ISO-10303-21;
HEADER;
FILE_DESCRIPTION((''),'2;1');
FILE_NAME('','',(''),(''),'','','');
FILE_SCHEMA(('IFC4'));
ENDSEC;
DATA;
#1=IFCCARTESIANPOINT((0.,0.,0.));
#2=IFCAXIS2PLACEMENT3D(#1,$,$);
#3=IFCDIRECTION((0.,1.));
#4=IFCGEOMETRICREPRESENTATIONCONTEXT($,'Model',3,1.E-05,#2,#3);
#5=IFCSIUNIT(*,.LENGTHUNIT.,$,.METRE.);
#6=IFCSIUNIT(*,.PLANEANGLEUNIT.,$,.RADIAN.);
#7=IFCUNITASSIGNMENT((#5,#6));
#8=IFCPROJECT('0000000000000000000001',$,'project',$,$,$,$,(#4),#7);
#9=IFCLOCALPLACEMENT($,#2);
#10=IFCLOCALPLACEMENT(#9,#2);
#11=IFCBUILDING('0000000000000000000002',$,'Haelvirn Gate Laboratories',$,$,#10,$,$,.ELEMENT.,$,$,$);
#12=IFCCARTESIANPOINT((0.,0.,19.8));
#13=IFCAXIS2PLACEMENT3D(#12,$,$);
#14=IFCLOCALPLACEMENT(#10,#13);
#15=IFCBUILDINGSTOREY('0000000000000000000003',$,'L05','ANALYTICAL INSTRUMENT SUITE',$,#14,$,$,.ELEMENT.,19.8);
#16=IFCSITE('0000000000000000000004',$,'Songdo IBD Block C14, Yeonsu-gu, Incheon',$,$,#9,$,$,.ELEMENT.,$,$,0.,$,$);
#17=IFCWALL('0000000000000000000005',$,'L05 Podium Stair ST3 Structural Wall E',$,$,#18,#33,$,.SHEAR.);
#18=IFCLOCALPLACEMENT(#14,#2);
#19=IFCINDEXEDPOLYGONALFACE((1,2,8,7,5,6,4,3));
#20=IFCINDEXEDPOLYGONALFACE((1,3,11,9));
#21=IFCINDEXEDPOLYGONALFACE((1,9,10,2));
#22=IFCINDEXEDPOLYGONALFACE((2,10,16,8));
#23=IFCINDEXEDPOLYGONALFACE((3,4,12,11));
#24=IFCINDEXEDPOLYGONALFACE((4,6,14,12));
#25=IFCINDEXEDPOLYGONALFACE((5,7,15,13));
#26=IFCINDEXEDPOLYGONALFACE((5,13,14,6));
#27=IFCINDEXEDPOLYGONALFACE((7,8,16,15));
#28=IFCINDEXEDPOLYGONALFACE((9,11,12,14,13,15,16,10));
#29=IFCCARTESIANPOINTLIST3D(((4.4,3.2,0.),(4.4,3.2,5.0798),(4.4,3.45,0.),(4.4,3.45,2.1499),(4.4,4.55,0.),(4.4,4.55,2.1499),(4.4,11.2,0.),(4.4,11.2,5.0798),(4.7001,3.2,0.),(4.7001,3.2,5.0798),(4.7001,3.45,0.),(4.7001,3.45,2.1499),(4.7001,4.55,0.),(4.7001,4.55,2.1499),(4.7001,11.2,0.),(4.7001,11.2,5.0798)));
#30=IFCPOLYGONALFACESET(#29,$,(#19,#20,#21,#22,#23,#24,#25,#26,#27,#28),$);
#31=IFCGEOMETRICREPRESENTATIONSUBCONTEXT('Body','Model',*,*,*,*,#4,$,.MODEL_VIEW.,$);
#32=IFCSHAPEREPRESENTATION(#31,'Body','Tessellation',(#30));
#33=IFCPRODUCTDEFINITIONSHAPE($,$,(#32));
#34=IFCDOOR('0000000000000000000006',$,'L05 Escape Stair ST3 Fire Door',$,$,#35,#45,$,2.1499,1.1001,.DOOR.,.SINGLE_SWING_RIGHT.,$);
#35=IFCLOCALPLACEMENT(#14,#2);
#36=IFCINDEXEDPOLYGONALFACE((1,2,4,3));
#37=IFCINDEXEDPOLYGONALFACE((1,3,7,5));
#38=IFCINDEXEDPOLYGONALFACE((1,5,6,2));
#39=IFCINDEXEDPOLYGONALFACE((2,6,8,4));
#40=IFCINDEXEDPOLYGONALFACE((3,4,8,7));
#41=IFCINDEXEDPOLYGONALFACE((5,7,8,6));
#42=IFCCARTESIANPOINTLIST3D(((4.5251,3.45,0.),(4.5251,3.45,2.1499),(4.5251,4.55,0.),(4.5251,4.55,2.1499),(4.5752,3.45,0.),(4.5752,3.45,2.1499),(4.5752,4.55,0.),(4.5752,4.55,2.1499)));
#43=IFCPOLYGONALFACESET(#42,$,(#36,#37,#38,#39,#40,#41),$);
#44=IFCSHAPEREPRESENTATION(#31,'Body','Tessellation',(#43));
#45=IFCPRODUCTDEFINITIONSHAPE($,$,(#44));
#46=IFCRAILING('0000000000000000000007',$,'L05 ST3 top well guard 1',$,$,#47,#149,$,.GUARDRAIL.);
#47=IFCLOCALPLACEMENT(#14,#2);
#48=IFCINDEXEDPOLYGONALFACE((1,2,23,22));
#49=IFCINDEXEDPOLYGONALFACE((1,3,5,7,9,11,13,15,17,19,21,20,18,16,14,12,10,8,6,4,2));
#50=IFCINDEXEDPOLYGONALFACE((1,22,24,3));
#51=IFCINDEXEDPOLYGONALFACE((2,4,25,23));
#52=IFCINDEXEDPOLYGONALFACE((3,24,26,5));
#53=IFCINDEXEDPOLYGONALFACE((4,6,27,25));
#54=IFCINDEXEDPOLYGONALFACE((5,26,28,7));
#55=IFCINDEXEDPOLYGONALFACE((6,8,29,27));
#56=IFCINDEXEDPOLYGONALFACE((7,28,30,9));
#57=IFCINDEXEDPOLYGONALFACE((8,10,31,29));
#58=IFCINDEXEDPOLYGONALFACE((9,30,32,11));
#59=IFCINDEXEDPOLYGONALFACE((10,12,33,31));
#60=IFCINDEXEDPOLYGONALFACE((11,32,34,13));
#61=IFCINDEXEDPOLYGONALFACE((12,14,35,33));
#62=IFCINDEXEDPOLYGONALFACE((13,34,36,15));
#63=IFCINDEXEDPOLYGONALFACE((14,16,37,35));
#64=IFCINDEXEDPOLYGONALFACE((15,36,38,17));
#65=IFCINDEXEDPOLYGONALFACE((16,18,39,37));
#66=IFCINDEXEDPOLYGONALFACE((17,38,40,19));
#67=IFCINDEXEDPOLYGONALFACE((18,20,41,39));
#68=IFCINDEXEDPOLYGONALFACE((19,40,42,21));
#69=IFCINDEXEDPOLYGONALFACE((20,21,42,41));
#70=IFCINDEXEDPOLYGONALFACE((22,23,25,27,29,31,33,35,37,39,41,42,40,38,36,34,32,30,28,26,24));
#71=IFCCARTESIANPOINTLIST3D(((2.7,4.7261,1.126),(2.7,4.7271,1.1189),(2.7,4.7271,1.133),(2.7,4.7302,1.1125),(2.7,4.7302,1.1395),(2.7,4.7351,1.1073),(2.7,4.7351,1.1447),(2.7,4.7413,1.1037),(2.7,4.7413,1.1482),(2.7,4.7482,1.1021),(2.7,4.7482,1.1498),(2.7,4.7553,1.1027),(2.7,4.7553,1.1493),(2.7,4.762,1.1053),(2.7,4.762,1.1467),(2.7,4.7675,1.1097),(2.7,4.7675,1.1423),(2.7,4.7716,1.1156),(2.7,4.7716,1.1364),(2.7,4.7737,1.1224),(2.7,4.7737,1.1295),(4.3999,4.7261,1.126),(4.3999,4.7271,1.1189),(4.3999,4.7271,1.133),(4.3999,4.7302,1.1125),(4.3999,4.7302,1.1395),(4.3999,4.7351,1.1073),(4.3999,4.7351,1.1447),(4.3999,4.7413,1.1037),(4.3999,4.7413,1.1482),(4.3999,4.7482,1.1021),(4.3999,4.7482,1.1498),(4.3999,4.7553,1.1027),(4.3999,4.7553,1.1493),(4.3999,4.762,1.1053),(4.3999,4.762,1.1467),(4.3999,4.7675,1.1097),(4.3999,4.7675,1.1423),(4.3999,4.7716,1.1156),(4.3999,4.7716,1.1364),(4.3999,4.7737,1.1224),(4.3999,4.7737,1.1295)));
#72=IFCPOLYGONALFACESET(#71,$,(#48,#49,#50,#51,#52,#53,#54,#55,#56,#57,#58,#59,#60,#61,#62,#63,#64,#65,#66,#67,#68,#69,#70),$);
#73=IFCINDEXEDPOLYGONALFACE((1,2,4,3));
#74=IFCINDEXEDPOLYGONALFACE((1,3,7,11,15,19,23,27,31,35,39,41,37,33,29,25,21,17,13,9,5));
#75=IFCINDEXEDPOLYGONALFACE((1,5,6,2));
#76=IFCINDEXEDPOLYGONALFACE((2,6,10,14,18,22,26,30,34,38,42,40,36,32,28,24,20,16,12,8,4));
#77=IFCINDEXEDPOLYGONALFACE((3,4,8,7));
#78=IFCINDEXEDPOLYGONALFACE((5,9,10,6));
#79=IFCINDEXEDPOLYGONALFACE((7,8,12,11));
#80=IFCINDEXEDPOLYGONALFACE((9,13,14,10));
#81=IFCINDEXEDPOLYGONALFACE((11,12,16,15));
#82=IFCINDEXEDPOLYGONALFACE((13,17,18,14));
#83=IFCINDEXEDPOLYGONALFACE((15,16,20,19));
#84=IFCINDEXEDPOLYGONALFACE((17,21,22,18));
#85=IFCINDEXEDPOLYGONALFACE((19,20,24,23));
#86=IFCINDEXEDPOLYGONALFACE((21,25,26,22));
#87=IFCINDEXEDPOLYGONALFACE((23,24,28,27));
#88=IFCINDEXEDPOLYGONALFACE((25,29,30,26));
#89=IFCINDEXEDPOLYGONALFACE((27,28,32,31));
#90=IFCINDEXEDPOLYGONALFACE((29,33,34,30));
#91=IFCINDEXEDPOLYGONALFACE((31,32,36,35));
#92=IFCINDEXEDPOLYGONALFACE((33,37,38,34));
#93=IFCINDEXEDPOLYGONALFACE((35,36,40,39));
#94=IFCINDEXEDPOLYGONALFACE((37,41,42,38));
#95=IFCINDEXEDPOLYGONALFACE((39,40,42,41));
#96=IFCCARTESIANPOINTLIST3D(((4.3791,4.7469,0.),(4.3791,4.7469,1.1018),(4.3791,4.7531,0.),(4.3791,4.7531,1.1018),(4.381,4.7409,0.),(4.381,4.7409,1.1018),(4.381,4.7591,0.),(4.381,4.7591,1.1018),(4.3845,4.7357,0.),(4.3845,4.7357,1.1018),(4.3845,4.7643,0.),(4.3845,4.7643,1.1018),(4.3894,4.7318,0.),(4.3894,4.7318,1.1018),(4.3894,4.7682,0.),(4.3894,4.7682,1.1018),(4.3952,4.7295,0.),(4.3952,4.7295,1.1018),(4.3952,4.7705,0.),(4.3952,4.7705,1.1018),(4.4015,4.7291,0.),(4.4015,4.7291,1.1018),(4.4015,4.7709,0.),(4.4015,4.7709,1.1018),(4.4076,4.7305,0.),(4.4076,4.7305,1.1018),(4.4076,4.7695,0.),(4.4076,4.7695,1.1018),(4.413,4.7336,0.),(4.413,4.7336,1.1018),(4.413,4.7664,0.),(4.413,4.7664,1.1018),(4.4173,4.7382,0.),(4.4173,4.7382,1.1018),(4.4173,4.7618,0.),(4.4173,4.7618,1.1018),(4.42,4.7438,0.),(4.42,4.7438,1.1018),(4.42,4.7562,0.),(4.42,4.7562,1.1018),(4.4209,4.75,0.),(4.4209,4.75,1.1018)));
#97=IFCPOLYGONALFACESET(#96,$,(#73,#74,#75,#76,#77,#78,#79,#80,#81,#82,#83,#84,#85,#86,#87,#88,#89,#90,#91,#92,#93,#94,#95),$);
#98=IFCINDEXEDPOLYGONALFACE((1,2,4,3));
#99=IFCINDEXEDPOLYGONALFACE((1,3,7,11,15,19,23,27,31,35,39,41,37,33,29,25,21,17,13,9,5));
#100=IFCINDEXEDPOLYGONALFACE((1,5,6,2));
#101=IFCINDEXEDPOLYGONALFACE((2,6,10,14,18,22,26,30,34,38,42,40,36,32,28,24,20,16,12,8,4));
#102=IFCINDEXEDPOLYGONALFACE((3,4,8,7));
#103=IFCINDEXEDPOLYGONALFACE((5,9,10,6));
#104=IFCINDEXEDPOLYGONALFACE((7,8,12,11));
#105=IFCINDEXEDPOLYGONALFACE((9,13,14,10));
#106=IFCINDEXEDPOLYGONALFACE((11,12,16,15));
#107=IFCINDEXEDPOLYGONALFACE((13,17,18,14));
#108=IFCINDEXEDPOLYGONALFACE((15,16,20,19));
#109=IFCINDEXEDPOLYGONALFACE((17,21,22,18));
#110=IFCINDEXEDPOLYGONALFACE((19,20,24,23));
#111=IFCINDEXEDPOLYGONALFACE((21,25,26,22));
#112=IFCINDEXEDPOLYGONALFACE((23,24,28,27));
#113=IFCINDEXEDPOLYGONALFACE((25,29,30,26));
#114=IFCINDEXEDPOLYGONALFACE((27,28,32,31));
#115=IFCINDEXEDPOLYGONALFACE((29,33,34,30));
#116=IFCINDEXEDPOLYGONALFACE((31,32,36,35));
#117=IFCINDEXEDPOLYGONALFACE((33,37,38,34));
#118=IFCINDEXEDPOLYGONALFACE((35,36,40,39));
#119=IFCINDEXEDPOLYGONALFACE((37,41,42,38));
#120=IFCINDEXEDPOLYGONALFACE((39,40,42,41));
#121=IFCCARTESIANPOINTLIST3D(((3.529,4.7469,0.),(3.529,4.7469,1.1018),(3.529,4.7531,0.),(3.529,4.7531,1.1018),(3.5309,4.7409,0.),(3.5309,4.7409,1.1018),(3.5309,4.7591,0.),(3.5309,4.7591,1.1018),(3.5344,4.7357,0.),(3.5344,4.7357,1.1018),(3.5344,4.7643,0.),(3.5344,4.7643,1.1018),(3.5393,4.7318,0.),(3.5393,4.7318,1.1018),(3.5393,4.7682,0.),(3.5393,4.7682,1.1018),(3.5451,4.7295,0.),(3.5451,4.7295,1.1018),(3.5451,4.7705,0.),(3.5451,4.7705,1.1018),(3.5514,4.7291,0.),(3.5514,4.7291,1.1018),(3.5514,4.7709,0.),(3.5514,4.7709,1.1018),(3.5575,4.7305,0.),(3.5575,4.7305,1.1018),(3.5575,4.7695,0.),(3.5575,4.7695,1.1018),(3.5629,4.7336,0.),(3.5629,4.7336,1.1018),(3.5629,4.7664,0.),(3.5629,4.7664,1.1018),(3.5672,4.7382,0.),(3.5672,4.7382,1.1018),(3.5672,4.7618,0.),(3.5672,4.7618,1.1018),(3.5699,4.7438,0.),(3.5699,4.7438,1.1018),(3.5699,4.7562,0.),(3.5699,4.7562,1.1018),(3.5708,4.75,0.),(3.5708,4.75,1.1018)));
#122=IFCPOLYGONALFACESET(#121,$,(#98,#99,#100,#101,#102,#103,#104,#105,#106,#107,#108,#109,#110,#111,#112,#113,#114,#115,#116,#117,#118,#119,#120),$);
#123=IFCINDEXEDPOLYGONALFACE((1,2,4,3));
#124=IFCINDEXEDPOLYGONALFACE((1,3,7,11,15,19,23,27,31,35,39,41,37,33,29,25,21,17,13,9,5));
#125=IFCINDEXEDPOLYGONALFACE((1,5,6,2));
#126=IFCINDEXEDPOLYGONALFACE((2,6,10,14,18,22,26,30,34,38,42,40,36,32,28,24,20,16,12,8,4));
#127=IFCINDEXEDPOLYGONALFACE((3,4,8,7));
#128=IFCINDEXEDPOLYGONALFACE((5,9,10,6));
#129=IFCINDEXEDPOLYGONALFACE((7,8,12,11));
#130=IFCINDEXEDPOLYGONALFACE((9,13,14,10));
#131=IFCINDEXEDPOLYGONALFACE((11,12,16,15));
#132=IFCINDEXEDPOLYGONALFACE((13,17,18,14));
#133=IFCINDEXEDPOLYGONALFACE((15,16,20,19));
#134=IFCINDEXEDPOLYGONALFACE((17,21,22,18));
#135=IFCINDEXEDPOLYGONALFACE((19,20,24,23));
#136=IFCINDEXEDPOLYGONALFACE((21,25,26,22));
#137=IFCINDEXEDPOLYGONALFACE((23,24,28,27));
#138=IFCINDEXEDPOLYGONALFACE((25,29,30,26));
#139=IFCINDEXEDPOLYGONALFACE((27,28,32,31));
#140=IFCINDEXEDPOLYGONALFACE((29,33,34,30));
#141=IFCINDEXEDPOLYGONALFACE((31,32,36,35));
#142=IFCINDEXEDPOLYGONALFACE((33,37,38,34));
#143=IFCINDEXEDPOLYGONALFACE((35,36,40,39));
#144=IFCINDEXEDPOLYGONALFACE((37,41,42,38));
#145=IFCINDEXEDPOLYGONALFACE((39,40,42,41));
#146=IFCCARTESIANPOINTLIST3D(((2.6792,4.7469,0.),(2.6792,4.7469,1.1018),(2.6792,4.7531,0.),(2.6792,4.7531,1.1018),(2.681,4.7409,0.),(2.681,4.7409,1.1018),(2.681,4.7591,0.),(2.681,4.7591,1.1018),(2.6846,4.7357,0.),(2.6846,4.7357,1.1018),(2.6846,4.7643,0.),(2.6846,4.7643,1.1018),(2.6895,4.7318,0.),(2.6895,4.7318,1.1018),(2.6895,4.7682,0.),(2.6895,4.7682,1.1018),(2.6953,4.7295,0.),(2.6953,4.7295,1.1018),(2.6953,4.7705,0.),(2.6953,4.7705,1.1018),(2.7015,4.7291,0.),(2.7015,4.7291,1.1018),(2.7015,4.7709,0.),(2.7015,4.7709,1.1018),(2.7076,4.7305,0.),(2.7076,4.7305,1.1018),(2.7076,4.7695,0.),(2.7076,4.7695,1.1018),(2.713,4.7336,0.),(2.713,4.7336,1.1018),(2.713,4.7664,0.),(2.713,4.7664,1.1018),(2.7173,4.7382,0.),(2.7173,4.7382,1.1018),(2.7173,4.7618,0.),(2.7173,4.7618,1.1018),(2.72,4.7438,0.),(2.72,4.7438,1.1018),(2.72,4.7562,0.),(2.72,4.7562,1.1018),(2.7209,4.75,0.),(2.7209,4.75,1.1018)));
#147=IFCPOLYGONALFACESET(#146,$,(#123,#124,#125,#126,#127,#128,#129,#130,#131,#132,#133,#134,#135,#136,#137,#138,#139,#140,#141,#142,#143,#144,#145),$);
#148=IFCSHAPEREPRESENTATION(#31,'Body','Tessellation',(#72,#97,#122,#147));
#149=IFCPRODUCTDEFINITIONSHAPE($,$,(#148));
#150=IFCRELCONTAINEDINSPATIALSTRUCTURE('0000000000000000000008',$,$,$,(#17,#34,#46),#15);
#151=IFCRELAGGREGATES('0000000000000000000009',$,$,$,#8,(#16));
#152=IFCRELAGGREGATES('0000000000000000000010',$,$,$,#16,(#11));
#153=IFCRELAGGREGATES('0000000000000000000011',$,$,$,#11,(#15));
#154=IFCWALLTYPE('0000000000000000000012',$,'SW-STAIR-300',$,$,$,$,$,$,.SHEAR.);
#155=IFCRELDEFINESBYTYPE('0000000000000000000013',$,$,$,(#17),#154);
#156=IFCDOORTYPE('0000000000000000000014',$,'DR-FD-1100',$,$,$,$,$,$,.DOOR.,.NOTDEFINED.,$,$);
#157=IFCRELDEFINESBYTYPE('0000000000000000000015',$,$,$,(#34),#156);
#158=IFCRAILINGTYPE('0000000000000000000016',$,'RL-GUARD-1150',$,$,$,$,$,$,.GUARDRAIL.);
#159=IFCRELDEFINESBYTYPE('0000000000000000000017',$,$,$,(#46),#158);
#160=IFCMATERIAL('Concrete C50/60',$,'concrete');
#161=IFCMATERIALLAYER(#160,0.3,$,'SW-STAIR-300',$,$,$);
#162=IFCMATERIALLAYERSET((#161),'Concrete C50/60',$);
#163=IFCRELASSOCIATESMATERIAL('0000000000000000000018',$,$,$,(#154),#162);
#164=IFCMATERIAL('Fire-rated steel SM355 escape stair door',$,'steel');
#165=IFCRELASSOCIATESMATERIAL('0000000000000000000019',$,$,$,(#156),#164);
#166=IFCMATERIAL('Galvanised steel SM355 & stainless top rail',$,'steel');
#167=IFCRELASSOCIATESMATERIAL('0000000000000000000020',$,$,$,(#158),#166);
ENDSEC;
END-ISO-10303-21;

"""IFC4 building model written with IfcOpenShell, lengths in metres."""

from ifc_helpers import new_model, si_unit, direction, frame, frame_2d, origin, origin_2d, place, context, subcontext, project, spatial, rectangle, circle, extrude, source, transform, mapped, material, layer, layer_set, type_object, type_shapes, element, fill, save


model = new_model("IFC4")

# Units and contexts
model_context = context("Model", 3, precision=1e-05, world=origin(), true_north=direction((0.0, 1.0)))
body_context = subcontext(model_context, "Body", "Model", "MODEL_VIEW")
ifc_project = project(units=[si_unit("LENGTHUNIT", "METRE"), si_unit("PLANEANGLEUNIT", "RADIAN")], contexts=[model_context])

# Site, building, storey
site_placement = place(None, origin())
site = spatial("IfcSite", under=ifc_project, at=site_placement, Name="Songdo IBD Block C14, Yeonsu-gu, Incheon", CompositionType="ELEMENT", RefElevation=0.0)
building_placement = place(site_placement, origin())
building = spatial("IfcBuilding", under=site, at=building_placement, Name="Haelvirn Gate Laboratories", CompositionType="ELEMENT")
storey_placement = place(building_placement, frame((0.0, 0.0, 19.8)))
storey = spatial("IfcBuildingStorey", under=building, at=storey_placement, Name="L05", Description="ANALYTICAL INSTRUMENT SUITE", CompositionType="ELEMENT", Elevation=19.8)

# Shared definitions
ifc_material_1 = material(Name="Concrete C50/60", Category="concrete")
ifc_layer_1 = layer(ifc_material_1, 0.3, Name="SW-STAIR-300")
ifc_layer_set_1 = layer_set([ifc_layer_1], Name="Concrete C50/60")
wall_type_1 = type_object("IfcWallType", Name="SW-STAIR-300", PredefinedType="SHEAR", material=ifc_layer_set_1)

# Wall, opening, door
wall_1_placement = place(storey_placement, frame((4.55, 3.2, 0.0), z_axis=(0.0, 0.0, 1.0), x_axis=(0.0, 1.0, 0.0)))
wall_1 = element("IfcWall", 1, at=wall_1_placement, inside=storey, type_object=wall_type_1, Name="L05 Podium Stair ST3 Structural Wall E", PredefinedType="SHEAR", context=body_context, shape_type="SweptSolid", body=[
    extrude(rectangle(XDim=8.0, YDim=0.3, at=frame_2d((4.0, 0.0))), origin(), (0.0, 0.0, 1.0), 5.0798),
])
opening_1_placement = place(wall_1_placement, frame((0.25, 0.0, 0.0)))
opening_1 = element("IfcOpeningElement", 2, at=opening_1_placement, cuts=wall_1, PredefinedType="OPENING", context=body_context, shape_type="SweptSolid", body=[
    extrude(rectangle(XDim=1.1001, YDim=2.1499, at=frame_2d((0.55, 1.075))), frame((0.0, 0.1602, 0.0), z_axis=(0.0, -1.0, 0.0), x_axis=(1.0, 0.0, 0.0)), (0.0, 0.0, 1.0), 0.3201),
])
ifc_material_2 = material(Name="Fire-rated steel SM355 escape stair door", Category="steel")
door_type_1 = type_object("IfcDoorType", Name="DR-FD-1100", OperationType="NOTDEFINED", PredefinedType="DOOR", material=ifc_material_2)
shared_shape_1 = source(origin(), body_context, "Body", "SweptSolid", [
    extrude(rectangle(XDim=1.1001, YDim=2.1499, at=frame_2d((0.55, 1.075))), frame((0.0, 0.0249, 0.0), z_axis=(0.0, -1.0, 0.0), x_axis=(1.0, 0.0, 0.0)), (0.0, 0.0, 1.0), 0.05),
])
type_shapes(door_type_1, [shared_shape_1])
door_1_placement = place(opening_1_placement, origin())
door_1 = element("IfcDoor", 3, at=door_1_placement, inside=storey, type_object=door_type_1, Name="L05 Escape Stair ST3 Fire Door", OperationType="SINGLE_SWING_RIGHT", OverallHeight=2.1499, OverallWidth=1.1001, PredefinedType="DOOR", context=body_context, shape_type="MappedRepresentation", body=[
    mapped(shared_shape_1, transform((0.0, 0.0, 0.0), scale=1.0)),
])
fill(opening_1, door_1)

# Railing
ifc_material_3 = material(Name="Galvanised steel SM355 & stainless top rail", Category="steel")
railing_type = type_object("IfcRailingType", Name="RL-GUARD-1150", PredefinedType="GUARDRAIL", material=ifc_material_3)
shared_shape_2 = source(origin(), body_context, "Body", "SweptSolid", [
    extrude(circle(Radius=0.0239, at=origin_2d()), frame((0.0, 0.0, 1.126), z_axis=(-1.0, 0.0, 0.0), x_axis=(0.0, -1.0, 0.0)), (0.0, 0.0, 1.0), 1.7),
    extrude(circle(Radius=0.021, at=origin_2d()), origin(), (0.0, 0.0, 1.0), 1.1018),
    extrude(circle(Radius=0.021, at=origin_2d()), frame((-0.8501, 0.0, 0.0)), (0.0, 0.0, 1.0), 1.1018),
    extrude(circle(Radius=0.021, at=origin_2d()), frame((-1.7, 0.0, 0.0)), (0.0, 0.0, 1.0), 1.1018),
])
type_shapes(railing_type, [shared_shape_2])
railing_placement = place(storey_placement, frame((4.3999, 4.75, 0.0)))
element("IfcRailing", 4, at=railing_placement, inside=storey, type_object=railing_type, Name="L05 ST3 top well guard 1", PredefinedType="GUARDRAIL", context=body_context, shape_type="MappedRepresentation", body=[
    mapped(shared_shape_2, transform((0.0, 0.0, 0.0), scale=1.0)),
])

save(model, "model.ifc")
